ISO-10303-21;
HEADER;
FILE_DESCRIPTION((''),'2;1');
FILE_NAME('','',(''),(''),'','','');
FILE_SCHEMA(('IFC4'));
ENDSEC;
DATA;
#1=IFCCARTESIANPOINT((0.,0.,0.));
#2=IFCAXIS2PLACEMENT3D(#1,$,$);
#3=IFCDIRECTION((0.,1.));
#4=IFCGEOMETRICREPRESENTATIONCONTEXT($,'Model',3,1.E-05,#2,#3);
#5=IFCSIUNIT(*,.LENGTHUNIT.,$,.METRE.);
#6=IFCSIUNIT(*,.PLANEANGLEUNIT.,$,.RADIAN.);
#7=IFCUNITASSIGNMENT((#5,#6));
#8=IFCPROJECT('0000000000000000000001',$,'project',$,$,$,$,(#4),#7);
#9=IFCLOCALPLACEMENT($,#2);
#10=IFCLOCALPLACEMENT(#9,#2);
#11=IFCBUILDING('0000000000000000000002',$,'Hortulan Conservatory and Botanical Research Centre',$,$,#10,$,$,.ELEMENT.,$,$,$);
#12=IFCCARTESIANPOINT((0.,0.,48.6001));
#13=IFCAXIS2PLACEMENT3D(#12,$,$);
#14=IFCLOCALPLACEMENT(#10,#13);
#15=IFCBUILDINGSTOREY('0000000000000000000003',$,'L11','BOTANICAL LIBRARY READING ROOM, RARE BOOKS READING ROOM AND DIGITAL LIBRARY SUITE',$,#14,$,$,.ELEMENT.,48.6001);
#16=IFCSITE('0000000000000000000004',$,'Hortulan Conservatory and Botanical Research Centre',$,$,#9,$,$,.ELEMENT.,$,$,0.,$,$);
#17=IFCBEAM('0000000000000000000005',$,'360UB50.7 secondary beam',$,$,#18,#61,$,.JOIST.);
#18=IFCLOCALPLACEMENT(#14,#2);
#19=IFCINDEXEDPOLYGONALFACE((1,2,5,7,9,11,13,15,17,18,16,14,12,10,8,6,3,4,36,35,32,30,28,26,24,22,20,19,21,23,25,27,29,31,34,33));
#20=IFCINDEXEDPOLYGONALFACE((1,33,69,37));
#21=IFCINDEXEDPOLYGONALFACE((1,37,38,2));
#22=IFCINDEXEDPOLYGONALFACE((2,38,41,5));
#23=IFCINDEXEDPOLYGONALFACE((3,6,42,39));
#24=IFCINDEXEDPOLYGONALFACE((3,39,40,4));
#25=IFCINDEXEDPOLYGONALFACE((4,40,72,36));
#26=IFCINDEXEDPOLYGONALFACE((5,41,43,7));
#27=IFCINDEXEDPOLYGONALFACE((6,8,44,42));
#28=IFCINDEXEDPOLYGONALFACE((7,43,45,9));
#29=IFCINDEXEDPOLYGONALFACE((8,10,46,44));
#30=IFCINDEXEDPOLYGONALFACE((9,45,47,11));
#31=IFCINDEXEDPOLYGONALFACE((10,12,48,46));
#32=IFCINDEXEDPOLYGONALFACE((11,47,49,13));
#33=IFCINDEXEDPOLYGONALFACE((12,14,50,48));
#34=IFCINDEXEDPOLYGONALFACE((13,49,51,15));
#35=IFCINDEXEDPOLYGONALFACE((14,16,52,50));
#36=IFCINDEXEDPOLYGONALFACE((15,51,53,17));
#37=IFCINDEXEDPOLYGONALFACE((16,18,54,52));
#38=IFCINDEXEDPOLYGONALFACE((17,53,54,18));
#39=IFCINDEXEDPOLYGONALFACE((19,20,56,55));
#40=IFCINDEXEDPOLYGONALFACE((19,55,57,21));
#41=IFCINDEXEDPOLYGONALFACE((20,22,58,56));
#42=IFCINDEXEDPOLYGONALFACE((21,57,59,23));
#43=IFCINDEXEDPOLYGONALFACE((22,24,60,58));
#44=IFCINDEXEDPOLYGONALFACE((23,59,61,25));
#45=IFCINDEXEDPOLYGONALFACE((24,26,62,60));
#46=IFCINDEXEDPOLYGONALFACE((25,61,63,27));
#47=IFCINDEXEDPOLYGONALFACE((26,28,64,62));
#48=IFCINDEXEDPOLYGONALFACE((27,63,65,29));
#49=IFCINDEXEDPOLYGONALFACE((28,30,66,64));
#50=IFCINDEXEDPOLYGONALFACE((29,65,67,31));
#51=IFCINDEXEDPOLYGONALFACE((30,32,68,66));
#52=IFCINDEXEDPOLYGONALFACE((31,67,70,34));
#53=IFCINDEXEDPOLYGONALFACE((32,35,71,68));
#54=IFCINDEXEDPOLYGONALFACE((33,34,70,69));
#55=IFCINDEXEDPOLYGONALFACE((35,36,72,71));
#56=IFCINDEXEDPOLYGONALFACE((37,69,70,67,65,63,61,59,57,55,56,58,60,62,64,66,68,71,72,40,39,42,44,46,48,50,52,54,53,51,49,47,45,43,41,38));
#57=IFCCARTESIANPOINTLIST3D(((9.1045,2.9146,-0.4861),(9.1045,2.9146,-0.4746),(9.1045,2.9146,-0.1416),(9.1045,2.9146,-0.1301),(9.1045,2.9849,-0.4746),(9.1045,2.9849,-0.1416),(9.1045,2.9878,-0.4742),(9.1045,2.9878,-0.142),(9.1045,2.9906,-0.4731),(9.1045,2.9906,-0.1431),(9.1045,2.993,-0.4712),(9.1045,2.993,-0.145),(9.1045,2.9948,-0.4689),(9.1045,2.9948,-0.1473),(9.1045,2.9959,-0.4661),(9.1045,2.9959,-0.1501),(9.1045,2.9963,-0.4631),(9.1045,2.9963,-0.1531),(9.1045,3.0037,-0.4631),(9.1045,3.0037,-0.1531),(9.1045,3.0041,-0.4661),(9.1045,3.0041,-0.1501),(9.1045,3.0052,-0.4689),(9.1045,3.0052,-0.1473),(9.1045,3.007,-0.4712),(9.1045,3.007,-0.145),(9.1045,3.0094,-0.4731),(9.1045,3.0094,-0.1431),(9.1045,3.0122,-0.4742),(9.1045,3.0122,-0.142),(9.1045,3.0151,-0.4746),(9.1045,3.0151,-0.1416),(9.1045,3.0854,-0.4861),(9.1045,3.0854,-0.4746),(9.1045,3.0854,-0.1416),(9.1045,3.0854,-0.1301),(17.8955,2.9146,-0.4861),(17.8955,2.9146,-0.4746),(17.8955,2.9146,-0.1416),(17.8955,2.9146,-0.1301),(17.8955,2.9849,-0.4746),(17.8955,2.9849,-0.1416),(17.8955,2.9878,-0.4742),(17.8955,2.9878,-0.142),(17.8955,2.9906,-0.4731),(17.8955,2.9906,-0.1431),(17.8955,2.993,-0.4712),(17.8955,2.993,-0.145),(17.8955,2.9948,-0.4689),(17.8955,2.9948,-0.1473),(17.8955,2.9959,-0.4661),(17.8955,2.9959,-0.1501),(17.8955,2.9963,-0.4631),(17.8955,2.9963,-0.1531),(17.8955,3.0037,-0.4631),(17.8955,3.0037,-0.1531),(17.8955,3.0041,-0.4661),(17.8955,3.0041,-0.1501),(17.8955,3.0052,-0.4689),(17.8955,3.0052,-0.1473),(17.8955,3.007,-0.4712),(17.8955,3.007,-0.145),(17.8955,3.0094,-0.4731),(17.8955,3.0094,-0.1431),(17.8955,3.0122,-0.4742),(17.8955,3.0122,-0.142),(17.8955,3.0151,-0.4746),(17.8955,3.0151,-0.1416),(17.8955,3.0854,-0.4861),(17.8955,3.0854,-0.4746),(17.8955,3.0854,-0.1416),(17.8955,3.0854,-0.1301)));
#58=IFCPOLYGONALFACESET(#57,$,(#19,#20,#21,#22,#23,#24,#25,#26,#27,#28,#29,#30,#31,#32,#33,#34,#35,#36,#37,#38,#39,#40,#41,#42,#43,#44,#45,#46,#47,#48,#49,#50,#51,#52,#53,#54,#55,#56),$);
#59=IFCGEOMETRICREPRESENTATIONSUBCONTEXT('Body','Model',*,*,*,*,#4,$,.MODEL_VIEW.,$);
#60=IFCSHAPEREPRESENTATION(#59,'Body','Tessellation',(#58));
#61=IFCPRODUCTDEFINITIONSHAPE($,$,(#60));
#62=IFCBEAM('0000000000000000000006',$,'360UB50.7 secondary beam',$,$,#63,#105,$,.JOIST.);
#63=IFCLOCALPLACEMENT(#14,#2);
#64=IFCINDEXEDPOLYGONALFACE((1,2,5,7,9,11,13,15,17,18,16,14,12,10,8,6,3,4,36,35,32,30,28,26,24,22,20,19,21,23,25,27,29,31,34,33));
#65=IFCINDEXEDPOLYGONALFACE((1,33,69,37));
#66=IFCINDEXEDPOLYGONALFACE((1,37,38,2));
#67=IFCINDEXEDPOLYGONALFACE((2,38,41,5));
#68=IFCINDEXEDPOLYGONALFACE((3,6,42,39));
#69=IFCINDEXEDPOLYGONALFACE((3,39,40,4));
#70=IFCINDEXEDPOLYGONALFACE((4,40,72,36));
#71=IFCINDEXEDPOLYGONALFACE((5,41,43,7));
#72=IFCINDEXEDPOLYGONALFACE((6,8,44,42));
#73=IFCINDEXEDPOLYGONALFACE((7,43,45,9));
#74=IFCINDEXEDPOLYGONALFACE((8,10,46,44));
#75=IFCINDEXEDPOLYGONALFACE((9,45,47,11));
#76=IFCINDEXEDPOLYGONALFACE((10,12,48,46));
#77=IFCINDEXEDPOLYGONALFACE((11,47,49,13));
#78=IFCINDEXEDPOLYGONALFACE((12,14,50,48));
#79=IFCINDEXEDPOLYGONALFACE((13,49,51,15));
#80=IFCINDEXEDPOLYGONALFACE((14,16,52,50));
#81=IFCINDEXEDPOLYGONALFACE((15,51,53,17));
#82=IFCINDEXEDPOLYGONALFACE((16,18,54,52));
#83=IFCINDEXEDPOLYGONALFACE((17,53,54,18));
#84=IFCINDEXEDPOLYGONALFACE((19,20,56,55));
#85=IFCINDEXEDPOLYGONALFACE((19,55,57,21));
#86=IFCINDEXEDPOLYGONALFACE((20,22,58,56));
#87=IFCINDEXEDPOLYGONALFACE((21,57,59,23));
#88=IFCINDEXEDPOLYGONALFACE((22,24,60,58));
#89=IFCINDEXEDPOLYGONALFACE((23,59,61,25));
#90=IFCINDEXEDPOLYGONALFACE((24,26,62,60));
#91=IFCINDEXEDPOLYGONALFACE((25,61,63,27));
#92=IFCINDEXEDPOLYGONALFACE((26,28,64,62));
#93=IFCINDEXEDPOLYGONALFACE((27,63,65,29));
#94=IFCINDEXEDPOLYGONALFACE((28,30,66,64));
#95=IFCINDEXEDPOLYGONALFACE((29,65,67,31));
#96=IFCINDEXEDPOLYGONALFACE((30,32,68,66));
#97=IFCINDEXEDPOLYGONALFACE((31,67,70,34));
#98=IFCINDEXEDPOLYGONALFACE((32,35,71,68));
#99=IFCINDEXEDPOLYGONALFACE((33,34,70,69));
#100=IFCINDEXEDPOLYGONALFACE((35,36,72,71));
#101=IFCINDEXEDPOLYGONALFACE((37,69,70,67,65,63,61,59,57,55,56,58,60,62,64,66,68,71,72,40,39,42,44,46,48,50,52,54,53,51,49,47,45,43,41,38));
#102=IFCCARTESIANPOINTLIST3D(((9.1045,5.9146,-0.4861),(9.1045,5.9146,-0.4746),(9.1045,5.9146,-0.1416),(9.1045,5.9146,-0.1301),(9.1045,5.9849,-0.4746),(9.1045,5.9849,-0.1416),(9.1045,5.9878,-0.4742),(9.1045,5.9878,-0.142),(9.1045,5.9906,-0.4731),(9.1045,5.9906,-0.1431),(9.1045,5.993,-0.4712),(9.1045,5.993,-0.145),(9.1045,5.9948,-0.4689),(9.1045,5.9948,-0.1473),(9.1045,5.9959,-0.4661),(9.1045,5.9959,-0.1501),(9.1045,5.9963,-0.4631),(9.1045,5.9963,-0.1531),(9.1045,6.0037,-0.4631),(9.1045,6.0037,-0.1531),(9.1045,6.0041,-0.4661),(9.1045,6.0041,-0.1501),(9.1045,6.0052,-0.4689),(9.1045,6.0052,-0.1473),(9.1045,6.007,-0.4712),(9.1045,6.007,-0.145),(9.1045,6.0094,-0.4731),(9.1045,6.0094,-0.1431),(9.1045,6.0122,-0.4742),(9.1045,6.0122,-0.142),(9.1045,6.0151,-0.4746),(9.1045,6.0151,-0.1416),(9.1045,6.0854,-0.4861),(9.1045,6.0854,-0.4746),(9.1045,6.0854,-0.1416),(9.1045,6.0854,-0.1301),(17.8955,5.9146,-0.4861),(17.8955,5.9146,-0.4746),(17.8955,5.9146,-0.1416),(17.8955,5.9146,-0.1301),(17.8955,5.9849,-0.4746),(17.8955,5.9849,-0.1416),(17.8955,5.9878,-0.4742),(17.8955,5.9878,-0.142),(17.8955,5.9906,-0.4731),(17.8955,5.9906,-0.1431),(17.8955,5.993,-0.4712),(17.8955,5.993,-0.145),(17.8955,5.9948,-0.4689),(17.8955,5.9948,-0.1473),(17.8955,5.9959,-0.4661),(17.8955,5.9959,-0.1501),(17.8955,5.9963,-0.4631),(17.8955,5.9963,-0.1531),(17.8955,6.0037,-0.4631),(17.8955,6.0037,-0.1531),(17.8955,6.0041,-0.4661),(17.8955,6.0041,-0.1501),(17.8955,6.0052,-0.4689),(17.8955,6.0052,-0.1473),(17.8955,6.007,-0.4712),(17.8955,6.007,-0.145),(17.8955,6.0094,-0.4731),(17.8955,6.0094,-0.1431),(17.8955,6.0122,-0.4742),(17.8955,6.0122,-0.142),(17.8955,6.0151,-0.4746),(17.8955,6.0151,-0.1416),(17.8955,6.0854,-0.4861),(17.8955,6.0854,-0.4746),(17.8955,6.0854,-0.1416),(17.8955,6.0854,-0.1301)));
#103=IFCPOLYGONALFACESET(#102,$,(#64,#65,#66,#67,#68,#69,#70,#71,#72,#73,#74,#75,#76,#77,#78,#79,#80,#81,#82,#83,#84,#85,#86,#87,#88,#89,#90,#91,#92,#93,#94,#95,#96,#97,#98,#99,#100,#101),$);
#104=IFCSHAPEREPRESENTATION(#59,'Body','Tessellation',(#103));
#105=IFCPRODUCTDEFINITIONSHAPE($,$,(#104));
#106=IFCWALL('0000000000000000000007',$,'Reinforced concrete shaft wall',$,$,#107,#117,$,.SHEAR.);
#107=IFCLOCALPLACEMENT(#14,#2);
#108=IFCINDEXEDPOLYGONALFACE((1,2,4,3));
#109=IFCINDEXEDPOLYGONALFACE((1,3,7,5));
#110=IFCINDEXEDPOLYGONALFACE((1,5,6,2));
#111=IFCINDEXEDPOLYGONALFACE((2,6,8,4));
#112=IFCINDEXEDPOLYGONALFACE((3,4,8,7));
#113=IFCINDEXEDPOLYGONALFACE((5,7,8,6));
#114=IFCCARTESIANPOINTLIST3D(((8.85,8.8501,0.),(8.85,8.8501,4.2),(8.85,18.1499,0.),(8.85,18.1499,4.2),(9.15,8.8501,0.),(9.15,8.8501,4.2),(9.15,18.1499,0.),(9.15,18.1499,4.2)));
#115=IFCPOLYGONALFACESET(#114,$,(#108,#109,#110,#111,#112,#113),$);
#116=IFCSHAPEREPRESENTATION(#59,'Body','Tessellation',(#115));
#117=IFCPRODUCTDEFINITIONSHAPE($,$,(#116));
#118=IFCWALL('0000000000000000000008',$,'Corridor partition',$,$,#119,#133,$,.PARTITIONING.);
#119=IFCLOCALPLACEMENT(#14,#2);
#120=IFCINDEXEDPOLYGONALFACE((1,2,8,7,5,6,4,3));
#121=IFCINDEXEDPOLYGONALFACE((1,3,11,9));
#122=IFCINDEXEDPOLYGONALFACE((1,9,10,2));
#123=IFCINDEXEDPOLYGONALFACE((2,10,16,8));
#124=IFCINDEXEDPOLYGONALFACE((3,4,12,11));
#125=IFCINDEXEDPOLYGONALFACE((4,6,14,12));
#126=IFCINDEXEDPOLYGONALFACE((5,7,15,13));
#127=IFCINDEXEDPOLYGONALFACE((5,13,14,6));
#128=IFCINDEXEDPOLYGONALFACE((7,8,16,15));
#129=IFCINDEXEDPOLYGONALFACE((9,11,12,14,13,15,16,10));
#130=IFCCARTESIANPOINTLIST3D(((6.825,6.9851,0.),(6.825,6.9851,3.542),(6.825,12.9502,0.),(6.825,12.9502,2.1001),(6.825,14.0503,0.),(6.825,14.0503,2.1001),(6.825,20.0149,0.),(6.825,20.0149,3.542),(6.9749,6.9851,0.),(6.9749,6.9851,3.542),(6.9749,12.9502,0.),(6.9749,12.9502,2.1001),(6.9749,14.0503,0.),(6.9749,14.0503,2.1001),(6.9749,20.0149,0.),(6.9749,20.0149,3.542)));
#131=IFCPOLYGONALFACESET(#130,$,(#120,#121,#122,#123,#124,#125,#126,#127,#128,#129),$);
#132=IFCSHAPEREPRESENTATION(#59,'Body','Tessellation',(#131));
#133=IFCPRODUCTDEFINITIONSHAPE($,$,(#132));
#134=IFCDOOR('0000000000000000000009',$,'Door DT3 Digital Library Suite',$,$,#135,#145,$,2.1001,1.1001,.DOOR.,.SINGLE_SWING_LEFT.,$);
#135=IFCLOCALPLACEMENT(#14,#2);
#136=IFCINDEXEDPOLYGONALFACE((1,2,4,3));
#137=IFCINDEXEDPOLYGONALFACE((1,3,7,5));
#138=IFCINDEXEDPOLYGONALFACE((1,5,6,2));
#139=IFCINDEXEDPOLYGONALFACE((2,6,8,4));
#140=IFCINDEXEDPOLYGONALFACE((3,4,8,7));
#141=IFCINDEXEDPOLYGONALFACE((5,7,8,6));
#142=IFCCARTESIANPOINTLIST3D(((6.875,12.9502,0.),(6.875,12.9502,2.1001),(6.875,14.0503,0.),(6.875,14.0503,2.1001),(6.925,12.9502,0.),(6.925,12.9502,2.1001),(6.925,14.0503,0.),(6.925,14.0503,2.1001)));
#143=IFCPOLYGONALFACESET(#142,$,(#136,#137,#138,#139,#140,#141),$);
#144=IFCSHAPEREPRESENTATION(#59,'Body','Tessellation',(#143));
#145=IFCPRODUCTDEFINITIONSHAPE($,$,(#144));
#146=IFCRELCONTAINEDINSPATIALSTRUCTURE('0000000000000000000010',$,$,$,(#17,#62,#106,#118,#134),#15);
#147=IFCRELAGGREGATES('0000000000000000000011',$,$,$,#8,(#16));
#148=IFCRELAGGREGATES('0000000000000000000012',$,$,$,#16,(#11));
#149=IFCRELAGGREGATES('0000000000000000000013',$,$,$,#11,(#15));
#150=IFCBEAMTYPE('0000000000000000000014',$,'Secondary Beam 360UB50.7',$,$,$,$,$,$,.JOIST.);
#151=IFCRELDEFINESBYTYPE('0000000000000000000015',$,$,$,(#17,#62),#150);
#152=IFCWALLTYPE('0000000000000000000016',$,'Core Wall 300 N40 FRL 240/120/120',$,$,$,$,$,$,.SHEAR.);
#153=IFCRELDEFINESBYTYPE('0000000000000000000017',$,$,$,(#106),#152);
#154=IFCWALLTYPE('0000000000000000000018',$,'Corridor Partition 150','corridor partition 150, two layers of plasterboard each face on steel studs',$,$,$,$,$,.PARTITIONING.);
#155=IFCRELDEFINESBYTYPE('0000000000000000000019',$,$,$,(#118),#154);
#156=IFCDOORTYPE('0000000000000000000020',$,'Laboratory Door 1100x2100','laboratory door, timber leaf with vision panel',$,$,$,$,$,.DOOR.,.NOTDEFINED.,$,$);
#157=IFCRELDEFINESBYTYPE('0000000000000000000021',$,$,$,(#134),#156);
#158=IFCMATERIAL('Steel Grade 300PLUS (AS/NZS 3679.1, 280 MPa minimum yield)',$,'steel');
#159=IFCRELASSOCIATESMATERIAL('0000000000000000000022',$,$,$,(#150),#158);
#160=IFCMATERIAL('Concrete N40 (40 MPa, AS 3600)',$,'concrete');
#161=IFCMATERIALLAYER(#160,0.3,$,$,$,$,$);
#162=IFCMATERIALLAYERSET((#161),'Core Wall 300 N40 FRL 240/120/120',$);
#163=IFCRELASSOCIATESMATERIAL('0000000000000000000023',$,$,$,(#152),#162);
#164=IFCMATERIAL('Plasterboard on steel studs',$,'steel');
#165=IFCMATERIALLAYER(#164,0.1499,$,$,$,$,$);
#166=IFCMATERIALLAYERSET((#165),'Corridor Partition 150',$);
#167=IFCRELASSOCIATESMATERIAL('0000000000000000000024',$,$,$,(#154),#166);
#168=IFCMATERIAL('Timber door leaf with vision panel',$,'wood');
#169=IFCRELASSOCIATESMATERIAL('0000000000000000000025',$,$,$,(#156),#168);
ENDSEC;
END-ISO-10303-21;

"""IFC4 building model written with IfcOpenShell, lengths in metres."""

from ifc_helpers import new_model, si_unit, direction, frame, frame_2d, origin, origin_2d, place, context, subcontext, project, spatial, rectangle, i_section, extrude, material, layer, layer_set, material_profile, profile_set, type_object, element, fill, save


model = new_model("IFC4")

# Units and contexts
model_context = context("Model", 3, precision=1e-05, world=origin(), true_north=direction((0.0, 1.0)))
body_context = subcontext(model_context, "Body", "Model", "MODEL_VIEW")
ifc_project = project(units=[si_unit("LENGTHUNIT", "METRE"), si_unit("PLANEANGLEUNIT", "RADIAN")], contexts=[model_context])

# Site, building, storey
site_placement = place(None, origin())
site = spatial("IfcSite", under=ifc_project, at=site_placement, Name="Hortulan Conservatory and Botanical Research Centre", CompositionType="ELEMENT", RefElevation=0.0)
building_placement = place(site_placement, origin())
building = spatial("IfcBuilding", under=site, at=building_placement, Name="Hortulan Conservatory and Botanical Research Centre", CompositionType="ELEMENT")
storey_placement = place(building_placement, frame((0.0, 0.0, 48.6001)))
storey = spatial("IfcBuildingStorey", under=building, at=storey_placement, Name="L11", Description="BOTANICAL LIBRARY READING ROOM, RARE BOOKS READING ROOM AND DIGITAL LIBRARY SUITE", CompositionType="ELEMENT", Elevation=48.6001)

# Shared definitions
ifc_material_1 = material(Name="Steel Grade 300PLUS (AS/NZS 3679.1, 280 MPa minimum yield)", Category="steel")

# Beams
ifc_material_profile_1 = material_profile(ifc_material_1, i_section(OverallWidth=0.1709, OverallDepth=0.356, WebThickness=0.0073, FlangeThickness=0.0115, FilletRadius=0.0115, at=origin_2d()), Name="360UB50.7")
ifc_profile_set_1 = profile_set([ifc_material_profile_1], Name="Steel Grade 300PLUS (AS/NZS 3679.1, 280 MPa minimum yield)")
beam_type_1 = type_object("IfcBeamType", Name="Secondary Beam 360UB50.7", PredefinedType="JOIST", material=ifc_profile_set_1)
for number, where, z_axis, x_axis, name in (
    (1, (9.1045, 3.0, -0.3081), (1.0, 0.0, 0.0), (0.0, 1.0, 0.0), "360UB50.7 secondary beam"),
    (2, (9.1045, 6.0, -0.3081), (1.0, 0.0, 0.0), (0.0, 1.0, 0.0), "360UB50.7 secondary beam"),
):
    element("IfcBeam", number, at=place(storey_placement, frame(where, z_axis=z_axis, x_axis=x_axis)), inside=storey, type_object=beam_type_1, Name=name, PredefinedType="JOIST", context=body_context, shape_type="SweptSolid", body=[
        extrude(i_section(OverallWidth=0.1709, OverallDepth=0.356, WebThickness=0.0073, FlangeThickness=0.0115, FilletRadius=0.0115, at=origin_2d()), origin(), (0.0, 0.0, 1.0), 8.791),
    ])

# Wall
ifc_material_2 = material(Name="Concrete N40 (40 MPa, AS 3600)", Category="concrete")
ifc_layer_1 = layer(ifc_material_2, 0.3)
ifc_layer_set_1 = layer_set([ifc_layer_1], Name="Core Wall 300 N40 FRL 240/120/120")
wall_type_1 = type_object("IfcWallType", Name="Core Wall 300 N40 FRL 240/120/120", PredefinedType="SHEAR", material=ifc_layer_set_1)
wall_1_placement = place(storey_placement, frame((9.0, 8.8501, 0.0), z_axis=(0.0, 0.0, 1.0), x_axis=(0.0, 1.0, 0.0)))
element("IfcWall", 3, at=wall_1_placement, inside=storey, type_object=wall_type_1, Name="Reinforced concrete shaft wall", PredefinedType="SHEAR", context=body_context, shape_type="SweptSolid", body=[
    extrude(rectangle(XDim=9.2998, YDim=0.3, at=frame_2d((4.6499, 0.0))), origin(), (0.0, 0.0, 1.0), 4.2),
])

# Wall, opening, door
ifc_material_3 = material(Name="Plasterboard on steel studs", Category="steel")
ifc_layer_2 = layer(ifc_material_3, 0.1499)
ifc_layer_set_2 = layer_set([ifc_layer_2], Name="Corridor Partition 150")
wall_type_2 = type_object("IfcWallType", Name="Corridor Partition 150", Description="corridor partition 150, two layers of plasterboard each face on steel studs", PredefinedType="PARTITIONING", material=ifc_layer_set_2)
wall_2_placement = place(storey_placement, frame((6.8999, 6.9851, 0.0), z_axis=(0.0, 0.0, 1.0), x_axis=(0.0, 1.0, 0.0)))
wall_2 = element("IfcWall", 4, at=wall_2_placement, inside=storey, type_object=wall_type_2, Name="Corridor partition", PredefinedType="PARTITIONING", context=body_context, shape_type="SweptSolid", body=[
    extrude(rectangle(XDim=13.0298, YDim=0.1499, at=frame_2d((6.5149, 0.0))), origin(), (0.0, 0.0, 1.0), 3.542),
])
opening_1_placement = place(wall_2_placement, frame((5.9651, 0.0, 0.0)))
opening_1 = element("IfcOpeningElement", 5, at=opening_1_placement, cuts=wall_2, PredefinedType="OPENING", context=body_context, shape_type="SweptSolid", body=[
    extrude(rectangle(XDim=1.1001, YDim=2.1001, at=frame_2d((0.55, 1.05))), frame((0.0, 0.085, 0.0), z_axis=(0.0, -1.0, 0.0), x_axis=(1.0, 0.0, 0.0)), (0.0, 0.0, 1.0), 0.1699),
])
ifc_material_4 = material(Name="Timber door leaf with vision panel", Category="wood")
door_type_1 = type_object("IfcDoorType", Name="Laboratory Door 1100x2100", Description="laboratory door, timber leaf with vision panel", OperationType="NOTDEFINED", PredefinedType="DOOR", material=ifc_material_4)
door_1_placement = place(opening_1_placement, origin())
door_1 = element("IfcDoor", 6, at=door_1_placement, inside=storey, type_object=door_type_1, Name="Door DT3 Digital Library Suite", OperationType="SINGLE_SWING_LEFT", OverallHeight=2.1001, OverallWidth=1.1001, PredefinedType="DOOR", context=body_context, shape_type="SweptSolid", body=[
    extrude(rectangle(XDim=1.1001, YDim=2.1001, at=frame_2d((0.55, 1.05))), frame((0.0, 0.0249, 0.0), z_axis=(0.0, -1.0, 0.0), x_axis=(1.0, 0.0, 0.0)), (0.0, 0.0, 1.0), 0.05),
])
fill(opening_1, door_1)

save(model, "model.ifc")
